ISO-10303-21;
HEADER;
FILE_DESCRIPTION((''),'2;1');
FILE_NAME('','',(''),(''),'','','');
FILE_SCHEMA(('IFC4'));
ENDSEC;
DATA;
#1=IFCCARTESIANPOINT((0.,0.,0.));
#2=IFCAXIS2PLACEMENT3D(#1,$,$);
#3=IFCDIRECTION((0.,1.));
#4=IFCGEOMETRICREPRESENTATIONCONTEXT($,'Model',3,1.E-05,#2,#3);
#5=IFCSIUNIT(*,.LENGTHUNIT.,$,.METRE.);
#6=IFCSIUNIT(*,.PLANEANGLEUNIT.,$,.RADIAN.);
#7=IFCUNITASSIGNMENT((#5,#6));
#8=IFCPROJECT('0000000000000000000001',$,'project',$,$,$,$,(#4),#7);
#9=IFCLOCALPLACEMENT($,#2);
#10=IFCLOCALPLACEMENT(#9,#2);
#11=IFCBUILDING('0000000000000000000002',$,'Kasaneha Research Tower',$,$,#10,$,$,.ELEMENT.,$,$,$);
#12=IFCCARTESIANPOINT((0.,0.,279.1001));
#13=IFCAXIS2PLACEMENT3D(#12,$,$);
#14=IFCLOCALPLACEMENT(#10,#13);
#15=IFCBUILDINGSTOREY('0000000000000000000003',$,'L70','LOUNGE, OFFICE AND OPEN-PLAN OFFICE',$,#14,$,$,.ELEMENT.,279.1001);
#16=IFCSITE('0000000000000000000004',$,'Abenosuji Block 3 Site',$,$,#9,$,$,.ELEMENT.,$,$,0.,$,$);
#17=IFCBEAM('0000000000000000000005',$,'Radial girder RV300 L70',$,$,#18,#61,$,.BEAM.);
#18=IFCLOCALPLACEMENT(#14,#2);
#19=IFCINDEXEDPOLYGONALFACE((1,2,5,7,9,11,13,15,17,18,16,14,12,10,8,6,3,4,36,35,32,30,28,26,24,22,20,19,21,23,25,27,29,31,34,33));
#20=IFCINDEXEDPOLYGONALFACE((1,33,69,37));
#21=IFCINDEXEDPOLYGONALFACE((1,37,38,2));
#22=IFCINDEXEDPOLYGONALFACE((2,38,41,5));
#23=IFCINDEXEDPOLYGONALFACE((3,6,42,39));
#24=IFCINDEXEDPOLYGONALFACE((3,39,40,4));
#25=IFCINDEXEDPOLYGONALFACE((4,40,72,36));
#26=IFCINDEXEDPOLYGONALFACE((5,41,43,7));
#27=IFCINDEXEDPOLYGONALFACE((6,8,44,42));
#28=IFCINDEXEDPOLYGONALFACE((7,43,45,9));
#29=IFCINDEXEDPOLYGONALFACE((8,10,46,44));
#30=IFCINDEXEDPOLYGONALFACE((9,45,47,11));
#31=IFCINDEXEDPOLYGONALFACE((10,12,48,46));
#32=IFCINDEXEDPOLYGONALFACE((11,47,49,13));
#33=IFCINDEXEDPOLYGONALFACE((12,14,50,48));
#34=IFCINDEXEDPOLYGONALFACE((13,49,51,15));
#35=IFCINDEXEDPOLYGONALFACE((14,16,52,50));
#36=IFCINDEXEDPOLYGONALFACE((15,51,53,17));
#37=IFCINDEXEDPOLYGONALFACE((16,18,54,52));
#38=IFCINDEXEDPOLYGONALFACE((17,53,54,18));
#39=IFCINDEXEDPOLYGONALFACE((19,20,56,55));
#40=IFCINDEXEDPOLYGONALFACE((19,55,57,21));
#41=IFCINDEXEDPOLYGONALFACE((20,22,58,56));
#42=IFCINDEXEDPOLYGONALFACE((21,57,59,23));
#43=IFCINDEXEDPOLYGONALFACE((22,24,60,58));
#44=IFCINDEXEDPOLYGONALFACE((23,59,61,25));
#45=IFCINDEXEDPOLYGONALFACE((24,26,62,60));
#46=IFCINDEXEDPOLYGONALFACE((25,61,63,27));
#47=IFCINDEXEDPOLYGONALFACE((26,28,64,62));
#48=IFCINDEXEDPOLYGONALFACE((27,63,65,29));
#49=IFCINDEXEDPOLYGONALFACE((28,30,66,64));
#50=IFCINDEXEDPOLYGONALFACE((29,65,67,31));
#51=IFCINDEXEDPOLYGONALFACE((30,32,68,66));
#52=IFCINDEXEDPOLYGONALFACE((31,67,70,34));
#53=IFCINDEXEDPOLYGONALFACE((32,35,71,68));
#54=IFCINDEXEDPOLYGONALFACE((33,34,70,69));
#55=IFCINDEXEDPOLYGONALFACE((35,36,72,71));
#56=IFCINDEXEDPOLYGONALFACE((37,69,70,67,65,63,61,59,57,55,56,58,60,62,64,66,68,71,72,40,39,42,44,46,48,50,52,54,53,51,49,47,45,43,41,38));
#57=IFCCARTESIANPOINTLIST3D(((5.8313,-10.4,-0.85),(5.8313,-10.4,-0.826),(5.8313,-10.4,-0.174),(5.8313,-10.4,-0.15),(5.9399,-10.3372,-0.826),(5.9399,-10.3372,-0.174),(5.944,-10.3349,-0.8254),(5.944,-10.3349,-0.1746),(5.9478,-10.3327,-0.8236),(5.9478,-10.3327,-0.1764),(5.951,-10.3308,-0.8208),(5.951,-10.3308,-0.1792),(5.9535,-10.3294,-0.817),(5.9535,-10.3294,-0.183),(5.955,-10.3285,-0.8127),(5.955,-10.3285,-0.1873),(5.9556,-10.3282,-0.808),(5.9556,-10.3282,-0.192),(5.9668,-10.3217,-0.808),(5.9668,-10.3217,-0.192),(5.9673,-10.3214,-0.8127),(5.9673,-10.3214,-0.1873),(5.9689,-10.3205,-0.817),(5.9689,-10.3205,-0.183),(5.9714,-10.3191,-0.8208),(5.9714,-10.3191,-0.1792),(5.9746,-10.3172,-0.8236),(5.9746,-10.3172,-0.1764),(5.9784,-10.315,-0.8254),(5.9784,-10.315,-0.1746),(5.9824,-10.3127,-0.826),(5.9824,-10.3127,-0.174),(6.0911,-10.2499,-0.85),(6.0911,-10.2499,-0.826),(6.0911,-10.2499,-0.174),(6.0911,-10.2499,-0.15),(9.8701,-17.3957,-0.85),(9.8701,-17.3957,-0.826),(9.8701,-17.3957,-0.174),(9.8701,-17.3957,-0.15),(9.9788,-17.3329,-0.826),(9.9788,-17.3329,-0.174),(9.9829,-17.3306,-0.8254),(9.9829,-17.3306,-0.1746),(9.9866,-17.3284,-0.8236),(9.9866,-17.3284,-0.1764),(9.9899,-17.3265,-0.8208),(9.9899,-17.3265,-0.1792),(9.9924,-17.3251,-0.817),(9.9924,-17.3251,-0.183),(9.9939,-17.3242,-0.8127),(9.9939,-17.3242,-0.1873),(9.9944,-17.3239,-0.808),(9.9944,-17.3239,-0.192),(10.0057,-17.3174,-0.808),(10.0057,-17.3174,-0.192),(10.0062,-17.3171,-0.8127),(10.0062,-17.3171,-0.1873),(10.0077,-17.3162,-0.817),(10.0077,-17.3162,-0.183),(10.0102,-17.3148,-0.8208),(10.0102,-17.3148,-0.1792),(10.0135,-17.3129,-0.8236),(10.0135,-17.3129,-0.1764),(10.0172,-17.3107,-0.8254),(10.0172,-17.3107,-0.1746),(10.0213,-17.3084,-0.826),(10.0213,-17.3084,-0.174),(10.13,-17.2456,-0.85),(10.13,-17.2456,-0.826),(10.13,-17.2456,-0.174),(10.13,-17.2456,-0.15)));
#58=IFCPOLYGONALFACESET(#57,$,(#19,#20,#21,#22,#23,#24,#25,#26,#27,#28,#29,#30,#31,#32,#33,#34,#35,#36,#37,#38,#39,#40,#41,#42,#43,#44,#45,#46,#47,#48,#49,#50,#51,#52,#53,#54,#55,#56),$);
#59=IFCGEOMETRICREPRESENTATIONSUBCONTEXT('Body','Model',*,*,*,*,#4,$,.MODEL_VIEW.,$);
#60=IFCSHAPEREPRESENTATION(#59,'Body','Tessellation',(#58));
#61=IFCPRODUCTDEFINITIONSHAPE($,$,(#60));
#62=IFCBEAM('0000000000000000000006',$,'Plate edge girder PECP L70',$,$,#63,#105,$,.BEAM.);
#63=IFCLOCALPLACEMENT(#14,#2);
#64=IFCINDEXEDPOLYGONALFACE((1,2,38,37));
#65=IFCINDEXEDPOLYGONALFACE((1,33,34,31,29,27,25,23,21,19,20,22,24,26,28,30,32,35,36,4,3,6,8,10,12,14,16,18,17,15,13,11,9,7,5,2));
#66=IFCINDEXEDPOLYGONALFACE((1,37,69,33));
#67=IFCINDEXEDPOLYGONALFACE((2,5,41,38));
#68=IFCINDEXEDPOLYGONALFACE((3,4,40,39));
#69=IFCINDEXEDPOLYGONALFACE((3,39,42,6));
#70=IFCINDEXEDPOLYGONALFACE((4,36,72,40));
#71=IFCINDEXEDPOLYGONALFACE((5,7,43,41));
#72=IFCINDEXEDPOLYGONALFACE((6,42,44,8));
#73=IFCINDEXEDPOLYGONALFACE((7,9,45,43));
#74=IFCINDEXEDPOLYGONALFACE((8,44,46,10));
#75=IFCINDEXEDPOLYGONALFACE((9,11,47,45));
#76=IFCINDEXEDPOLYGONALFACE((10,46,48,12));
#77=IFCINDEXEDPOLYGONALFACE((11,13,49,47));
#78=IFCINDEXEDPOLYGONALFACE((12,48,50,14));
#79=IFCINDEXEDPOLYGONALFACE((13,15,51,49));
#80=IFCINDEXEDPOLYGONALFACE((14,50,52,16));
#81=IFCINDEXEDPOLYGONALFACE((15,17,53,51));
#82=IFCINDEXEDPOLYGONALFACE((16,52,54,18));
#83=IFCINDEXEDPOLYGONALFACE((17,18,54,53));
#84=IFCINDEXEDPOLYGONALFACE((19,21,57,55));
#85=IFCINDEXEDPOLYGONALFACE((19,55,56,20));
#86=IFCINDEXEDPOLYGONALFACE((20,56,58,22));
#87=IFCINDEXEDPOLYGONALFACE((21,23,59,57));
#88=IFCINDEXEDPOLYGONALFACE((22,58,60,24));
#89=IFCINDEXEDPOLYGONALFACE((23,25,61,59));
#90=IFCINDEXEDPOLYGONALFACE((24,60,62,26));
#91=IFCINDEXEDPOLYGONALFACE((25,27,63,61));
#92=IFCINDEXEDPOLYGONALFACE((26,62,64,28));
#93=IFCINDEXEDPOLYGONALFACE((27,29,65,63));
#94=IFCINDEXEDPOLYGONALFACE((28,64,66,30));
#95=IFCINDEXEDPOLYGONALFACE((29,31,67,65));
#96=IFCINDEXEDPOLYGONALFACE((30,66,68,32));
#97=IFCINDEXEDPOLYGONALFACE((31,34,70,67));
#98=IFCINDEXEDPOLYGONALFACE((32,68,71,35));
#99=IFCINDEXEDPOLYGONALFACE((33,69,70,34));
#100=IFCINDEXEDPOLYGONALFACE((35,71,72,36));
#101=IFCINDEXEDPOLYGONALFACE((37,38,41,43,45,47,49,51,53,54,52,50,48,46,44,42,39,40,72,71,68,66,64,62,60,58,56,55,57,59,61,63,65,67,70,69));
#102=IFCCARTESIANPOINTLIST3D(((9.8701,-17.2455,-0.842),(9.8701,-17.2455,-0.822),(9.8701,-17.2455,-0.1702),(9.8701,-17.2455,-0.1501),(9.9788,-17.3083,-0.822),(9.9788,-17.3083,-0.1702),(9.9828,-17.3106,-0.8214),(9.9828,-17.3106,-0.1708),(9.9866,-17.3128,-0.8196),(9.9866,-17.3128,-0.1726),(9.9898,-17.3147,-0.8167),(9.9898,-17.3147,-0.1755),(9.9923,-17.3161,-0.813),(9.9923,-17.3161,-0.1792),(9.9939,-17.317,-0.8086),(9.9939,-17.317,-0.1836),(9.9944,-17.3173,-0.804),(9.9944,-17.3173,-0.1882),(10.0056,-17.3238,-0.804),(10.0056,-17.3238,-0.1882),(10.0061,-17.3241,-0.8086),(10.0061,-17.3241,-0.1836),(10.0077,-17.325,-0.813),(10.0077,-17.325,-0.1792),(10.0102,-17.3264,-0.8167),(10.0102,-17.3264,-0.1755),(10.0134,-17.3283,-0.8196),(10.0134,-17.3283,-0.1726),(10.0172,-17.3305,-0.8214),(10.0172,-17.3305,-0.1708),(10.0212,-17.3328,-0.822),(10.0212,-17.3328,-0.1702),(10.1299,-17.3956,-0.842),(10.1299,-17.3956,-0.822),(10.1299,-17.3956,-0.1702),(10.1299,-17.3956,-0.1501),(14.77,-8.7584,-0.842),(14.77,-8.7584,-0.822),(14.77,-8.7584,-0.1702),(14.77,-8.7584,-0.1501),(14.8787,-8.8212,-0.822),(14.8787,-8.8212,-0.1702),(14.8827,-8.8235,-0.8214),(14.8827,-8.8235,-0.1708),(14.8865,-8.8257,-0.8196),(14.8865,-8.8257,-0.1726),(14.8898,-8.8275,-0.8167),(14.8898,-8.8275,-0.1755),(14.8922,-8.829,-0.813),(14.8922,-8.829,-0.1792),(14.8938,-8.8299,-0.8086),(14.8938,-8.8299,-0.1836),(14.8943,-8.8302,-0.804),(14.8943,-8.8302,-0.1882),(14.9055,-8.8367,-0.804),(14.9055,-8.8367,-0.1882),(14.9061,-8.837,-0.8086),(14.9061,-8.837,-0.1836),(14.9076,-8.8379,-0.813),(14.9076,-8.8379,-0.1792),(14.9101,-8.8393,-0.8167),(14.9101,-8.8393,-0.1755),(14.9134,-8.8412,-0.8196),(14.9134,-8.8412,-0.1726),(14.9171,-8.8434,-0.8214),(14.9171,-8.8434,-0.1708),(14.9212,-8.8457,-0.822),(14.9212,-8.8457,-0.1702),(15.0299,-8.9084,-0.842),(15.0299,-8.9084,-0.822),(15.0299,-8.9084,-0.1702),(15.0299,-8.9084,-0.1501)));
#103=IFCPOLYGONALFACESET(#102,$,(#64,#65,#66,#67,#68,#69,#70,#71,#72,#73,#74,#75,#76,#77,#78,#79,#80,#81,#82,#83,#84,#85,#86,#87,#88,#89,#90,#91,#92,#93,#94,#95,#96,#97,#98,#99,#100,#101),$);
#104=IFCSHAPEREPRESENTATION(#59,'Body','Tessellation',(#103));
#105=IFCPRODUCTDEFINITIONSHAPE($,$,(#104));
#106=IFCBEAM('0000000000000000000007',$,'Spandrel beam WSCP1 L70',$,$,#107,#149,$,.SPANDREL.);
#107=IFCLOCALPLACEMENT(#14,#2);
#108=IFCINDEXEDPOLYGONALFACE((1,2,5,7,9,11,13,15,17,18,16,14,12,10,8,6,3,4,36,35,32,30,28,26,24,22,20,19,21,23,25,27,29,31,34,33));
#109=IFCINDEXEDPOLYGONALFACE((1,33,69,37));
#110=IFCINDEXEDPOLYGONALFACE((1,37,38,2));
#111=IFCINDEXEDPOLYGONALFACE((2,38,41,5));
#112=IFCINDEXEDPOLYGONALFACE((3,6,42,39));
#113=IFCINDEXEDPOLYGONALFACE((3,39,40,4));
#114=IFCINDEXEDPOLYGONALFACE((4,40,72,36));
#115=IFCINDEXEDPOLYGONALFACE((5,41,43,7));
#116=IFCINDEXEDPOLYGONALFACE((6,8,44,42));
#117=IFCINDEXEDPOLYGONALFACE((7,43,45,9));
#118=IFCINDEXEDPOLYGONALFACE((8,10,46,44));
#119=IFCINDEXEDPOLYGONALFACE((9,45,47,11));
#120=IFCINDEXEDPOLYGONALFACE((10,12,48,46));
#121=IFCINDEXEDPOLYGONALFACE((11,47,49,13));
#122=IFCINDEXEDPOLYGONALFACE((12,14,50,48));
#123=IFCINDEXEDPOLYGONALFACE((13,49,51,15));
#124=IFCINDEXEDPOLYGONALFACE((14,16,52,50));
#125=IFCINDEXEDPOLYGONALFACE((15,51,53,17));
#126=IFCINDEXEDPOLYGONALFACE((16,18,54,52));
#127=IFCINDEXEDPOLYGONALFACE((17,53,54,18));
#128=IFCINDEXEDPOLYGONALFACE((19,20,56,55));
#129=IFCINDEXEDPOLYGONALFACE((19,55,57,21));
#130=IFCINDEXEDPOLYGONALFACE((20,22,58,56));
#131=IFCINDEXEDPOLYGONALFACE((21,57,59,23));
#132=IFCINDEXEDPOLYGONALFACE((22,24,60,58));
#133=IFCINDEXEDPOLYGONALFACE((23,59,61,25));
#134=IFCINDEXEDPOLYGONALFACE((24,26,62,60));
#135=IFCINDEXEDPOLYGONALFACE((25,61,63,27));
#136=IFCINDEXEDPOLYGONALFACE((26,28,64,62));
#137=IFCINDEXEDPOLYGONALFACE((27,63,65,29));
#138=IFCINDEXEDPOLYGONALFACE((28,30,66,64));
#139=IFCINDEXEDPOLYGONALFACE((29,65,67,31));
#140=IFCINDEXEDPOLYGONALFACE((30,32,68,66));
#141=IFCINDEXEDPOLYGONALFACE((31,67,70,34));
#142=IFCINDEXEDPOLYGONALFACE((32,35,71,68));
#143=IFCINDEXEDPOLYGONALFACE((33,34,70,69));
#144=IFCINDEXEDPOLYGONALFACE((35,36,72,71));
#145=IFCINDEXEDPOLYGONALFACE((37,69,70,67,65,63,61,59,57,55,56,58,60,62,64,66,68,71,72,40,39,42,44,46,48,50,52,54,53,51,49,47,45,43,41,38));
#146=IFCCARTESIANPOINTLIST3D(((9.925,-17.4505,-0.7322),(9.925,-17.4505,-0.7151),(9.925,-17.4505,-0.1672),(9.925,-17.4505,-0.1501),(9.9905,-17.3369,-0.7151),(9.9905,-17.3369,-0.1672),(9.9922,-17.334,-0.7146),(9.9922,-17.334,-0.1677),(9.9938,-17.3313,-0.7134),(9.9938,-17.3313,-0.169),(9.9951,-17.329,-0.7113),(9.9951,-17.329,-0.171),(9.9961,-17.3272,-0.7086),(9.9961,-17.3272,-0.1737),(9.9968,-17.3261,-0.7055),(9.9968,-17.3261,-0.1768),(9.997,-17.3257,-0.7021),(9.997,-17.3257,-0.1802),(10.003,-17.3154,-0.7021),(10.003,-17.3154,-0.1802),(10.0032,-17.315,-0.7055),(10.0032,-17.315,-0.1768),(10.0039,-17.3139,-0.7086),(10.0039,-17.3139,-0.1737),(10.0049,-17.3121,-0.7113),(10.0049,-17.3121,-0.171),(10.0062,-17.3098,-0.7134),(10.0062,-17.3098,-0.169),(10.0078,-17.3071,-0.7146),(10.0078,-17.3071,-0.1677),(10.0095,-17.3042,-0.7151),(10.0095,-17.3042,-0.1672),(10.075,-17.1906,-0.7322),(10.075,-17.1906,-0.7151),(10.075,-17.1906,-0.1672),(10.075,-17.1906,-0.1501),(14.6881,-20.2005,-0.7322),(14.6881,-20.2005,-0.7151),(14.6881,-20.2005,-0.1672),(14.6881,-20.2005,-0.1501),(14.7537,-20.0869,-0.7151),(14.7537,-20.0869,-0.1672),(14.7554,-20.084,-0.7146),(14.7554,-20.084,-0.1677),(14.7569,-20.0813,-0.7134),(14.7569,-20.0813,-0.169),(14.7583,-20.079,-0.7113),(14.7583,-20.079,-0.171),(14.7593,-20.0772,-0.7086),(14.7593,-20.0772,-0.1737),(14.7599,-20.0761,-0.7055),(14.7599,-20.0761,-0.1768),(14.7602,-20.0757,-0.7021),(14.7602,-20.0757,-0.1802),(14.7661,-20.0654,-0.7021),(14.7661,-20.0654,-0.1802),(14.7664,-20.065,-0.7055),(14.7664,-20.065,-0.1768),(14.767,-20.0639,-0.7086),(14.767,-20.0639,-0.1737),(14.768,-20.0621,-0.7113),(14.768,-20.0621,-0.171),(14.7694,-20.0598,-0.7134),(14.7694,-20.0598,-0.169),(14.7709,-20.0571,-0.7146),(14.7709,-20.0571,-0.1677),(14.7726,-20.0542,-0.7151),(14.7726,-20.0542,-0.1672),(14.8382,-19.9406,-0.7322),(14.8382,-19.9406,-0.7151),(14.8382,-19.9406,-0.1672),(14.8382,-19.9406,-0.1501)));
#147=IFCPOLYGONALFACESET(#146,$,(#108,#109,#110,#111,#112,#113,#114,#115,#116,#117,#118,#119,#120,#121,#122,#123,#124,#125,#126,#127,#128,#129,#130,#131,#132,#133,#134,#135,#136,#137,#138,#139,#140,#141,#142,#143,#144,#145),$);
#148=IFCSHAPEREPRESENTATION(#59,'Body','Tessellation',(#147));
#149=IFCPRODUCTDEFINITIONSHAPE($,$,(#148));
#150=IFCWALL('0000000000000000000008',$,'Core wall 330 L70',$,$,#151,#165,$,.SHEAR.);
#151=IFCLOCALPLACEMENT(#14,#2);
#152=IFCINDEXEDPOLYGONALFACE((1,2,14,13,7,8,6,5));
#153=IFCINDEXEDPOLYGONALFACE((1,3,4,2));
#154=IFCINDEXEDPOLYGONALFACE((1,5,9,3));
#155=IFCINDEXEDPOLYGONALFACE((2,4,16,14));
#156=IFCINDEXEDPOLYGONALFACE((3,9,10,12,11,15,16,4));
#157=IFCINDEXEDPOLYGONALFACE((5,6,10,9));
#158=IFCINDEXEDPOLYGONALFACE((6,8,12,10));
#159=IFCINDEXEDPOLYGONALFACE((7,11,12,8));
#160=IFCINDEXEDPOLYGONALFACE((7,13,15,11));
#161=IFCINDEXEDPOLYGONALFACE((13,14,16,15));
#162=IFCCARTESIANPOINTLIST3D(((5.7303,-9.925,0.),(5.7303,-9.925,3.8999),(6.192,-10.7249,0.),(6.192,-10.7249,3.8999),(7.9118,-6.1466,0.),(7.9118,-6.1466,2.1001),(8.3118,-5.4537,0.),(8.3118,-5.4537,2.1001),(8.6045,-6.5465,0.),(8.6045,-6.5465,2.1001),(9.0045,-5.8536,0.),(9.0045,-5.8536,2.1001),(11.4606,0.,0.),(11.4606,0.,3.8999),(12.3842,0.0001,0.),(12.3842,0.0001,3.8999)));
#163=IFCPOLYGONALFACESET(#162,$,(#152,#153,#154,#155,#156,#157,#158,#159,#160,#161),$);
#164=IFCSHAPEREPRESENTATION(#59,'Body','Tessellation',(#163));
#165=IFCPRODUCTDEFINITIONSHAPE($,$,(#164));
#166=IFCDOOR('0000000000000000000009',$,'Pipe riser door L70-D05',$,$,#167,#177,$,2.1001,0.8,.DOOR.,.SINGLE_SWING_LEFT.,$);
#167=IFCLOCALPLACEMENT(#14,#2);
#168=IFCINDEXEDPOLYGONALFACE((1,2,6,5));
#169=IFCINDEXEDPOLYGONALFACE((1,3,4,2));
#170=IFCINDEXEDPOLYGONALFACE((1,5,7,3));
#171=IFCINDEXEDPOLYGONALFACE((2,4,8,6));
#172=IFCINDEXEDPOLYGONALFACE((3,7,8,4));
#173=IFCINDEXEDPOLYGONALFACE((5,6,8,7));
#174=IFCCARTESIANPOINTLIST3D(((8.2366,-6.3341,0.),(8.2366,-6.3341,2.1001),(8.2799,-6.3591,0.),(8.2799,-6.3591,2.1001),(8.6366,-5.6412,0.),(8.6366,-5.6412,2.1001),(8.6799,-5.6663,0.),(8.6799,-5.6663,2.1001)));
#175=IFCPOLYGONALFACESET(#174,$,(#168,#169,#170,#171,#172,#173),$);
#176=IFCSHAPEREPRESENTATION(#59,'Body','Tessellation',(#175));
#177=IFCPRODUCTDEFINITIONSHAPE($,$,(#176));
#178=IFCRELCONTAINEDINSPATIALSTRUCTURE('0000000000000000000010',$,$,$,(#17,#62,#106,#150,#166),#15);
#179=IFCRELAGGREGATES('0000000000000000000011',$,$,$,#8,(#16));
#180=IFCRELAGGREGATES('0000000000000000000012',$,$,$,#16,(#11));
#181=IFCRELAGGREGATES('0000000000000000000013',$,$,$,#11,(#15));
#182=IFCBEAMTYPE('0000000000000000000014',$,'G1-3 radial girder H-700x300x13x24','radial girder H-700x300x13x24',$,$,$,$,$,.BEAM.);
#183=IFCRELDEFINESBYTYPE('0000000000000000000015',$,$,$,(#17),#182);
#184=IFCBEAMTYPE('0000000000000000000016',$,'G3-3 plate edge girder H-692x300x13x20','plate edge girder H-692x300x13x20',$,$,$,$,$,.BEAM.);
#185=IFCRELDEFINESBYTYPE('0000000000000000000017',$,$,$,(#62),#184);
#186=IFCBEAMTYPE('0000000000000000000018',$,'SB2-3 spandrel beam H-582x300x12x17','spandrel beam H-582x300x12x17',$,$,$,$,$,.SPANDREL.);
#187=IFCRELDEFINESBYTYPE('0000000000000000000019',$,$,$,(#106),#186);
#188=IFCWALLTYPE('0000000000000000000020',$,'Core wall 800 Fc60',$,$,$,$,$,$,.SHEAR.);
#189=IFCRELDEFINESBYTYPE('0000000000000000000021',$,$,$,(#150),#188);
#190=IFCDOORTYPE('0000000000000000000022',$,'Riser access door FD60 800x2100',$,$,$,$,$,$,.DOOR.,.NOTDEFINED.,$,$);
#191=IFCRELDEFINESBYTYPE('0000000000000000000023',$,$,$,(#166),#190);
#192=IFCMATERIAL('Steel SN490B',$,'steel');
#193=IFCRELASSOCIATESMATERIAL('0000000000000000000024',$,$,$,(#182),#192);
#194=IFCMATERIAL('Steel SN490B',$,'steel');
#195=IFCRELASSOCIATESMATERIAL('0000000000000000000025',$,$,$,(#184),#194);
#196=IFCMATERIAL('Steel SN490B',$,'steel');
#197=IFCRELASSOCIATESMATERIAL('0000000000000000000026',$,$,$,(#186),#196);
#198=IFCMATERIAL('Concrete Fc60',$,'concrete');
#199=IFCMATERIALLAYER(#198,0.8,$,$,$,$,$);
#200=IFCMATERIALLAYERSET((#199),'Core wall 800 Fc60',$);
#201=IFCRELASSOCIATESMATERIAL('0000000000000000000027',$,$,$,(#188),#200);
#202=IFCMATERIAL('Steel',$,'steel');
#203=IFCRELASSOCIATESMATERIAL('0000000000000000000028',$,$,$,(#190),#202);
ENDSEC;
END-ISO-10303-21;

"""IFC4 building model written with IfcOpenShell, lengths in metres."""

from ifc_helpers import new_model, si_unit, direction, frame, frame_2d, origin, origin_2d, place, context, subcontext, project, spatial, polyline, rectangle, i_section, outline, extrude, material, layer, layer_set, material_profile, profile_set, type_object, element, fill, save


model = new_model("IFC4")

# Units and contexts
model_context = context("Model", 3, precision=1e-05, world=origin(), true_north=direction((0.0, 1.0)))
body_context = subcontext(model_context, "Body", "Model", "MODEL_VIEW")
ifc_project = project(units=[si_unit("LENGTHUNIT", "METRE"), si_unit("PLANEANGLEUNIT", "RADIAN")], contexts=[model_context])

# Site, building, storey
site_placement = place(None, origin())
site = spatial("IfcSite", under=ifc_project, at=site_placement, Name="Abenosuji Block 3 Site", CompositionType="ELEMENT", RefElevation=0.0)
building_placement = place(site_placement, origin())
building = spatial("IfcBuilding", under=site, at=building_placement, Name="Kasaneha Research Tower", CompositionType="ELEMENT")
storey_placement = place(building_placement, frame((0.0, 0.0, 279.1001)))
storey = spatial("IfcBuildingStorey", under=building, at=storey_placement, Name="L70", Description="LOUNGE, OFFICE AND OPEN-PLAN OFFICE", CompositionType="ELEMENT", Elevation=279.1001)

# Beams
ifc_material_1 = material(Name="Steel SN490B", Category="steel")
ifc_material_profile_1 = material_profile(ifc_material_1, i_section(OverallWidth=0.3, OverallDepth=0.7, WebThickness=0.0129, FlangeThickness=0.0239, FilletRadius=0.0181, at=origin_2d()), Name="H-700x300x13x24")
ifc_profile_set_1 = profile_set([ifc_material_profile_1], Name="Steel SN490B")
beam_type_1 = type_object("IfcBeamType", Name="G1-3 radial girder H-700x300x13x24", Description="radial girder H-700x300x13x24", PredefinedType="BEAM", material=ifc_profile_set_1)
beam_1_placement = place(storey_placement, frame((5.9612, -10.325, -0.5), z_axis=(0.499991, -0.866031, 0.0), x_axis=(0.866031, 0.499991, 0.0)))
element("IfcBeam", 1, at=beam_1_placement, inside=storey, type_object=beam_type_1, Name="Radial girder RV300 L70", PredefinedType="BEAM", context=body_context, shape_type="SweptSolid", body=[
    extrude(i_section(OverallWidth=0.3, OverallDepth=0.7, WebThickness=0.0129, FlangeThickness=0.0239, FilletRadius=0.0181, at=origin_2d()), origin(), (0.0, 0.0, 1.0), 8.0779),
])
ifc_material_2 = material(Name="Steel SN490B", Category="steel")
ifc_material_profile_2 = material_profile(ifc_material_2, i_section(OverallWidth=0.3, OverallDepth=0.6919, WebThickness=0.0129, FlangeThickness=0.02, FilletRadius=0.0181, at=origin_2d()), Name="H-692x300x13x20")
ifc_profile_set_2 = profile_set([ifc_material_profile_2], Name="Steel SN490B")
beam_type_2 = type_object("IfcBeamType", Name="G3-3 plate edge girder H-692x300x13x20", Description="plate edge girder H-692x300x13x20", PredefinedType="BEAM", material=ifc_profile_set_2)
beam_2_placement = place(storey_placement, frame((10.0, -17.3206, -0.4961), z_axis=(0.499992, 0.86603, 0.0), x_axis=(-0.86603, 0.499992, 0.0)))
element("IfcBeam", 2, at=beam_2_placement, inside=storey, type_object=beam_type_2, Name="Plate edge girder PECP L70", PredefinedType="BEAM", context=body_context, shape_type="SweptSolid", body=[
    extrude(i_section(OverallWidth=0.3, OverallDepth=0.6919, WebThickness=0.0129, FlangeThickness=0.02, FilletRadius=0.0181, at=origin_2d()), origin(), (0.0, 0.0, 1.0), 9.8),
])
ifc_material_3 = material(Name="Steel SN490B", Category="steel")
ifc_material_profile_3 = material_profile(ifc_material_3, i_section(OverallWidth=0.3, OverallDepth=0.582, WebThickness=0.012, FlangeThickness=0.0171, FilletRadius=0.0129, at=origin_2d()), Name="H-582x300x12x17")
ifc_profile_set_3 = profile_set([ifc_material_profile_3], Name="Steel SN490B")
beam_type_3 = type_object("IfcBeamType", Name="SB2-3 spandrel beam H-582x300x12x17", Description="spandrel beam H-582x300x12x17", PredefinedType="SPANDREL", material=ifc_profile_set_3)
beam_3_placement = place(storey_placement, frame((10.0, -17.3206, -0.4412), z_axis=(0.866027, -0.499997, 0.0), x_axis=(0.499997, 0.866027, 0.0)))
element("IfcBeam", 3, at=beam_3_placement, inside=storey, type_object=beam_type_3, Name="Spandrel beam WSCP1 L70", PredefinedType="SPANDREL", context=body_context, shape_type="SweptSolid", body=[
    extrude(i_section(OverallWidth=0.3, OverallDepth=0.582, WebThickness=0.012, FlangeThickness=0.0171, FilletRadius=0.0129, at=origin_2d()), origin(), (0.0, 0.0, 1.0), 5.5),
])

# Wall, opening, door
ifc_material_4 = material(Name="Concrete Fc60", Category="concrete")
ifc_layer_1 = layer(ifc_material_4, 0.8)
ifc_layer_set_1 = layer_set([ifc_layer_1], Name="Core wall 800 Fc60")
wall_type_1 = type_object("IfcWallType", Name="Core wall 800 Fc60", PredefinedType="SHEAR", material=ifc_layer_set_1)
wall_1_placement = place(storey_placement, frame((5.9612, -10.325, 0.0), z_axis=(0.0, 0.0, 1.0), x_axis=(0.500004, 0.866023, 0.0)))
wall_1 = element("IfcWall", 4, at=wall_1_placement, inside=storey, type_object=wall_type_1, Name="Core wall 330 L70", PredefinedType="SHEAR", context=body_context, shape_type="SweptSolid", body=[
    extrude(outline(polyline([(-0.231, -0.3999), (4.594, -0.3999), (5.394, -0.3999), (12.1533, -0.3999), (11.6914, 0.3999), (5.394, 0.3999), (4.594, 0.3999), (0.231, 0.3999), (-0.231, -0.3999)])), origin(), (0.0, 0.0, 1.0), 3.8999),
])
opening_1_placement = place(wall_1_placement, frame((4.594, 0.0, 0.0)))
opening_1 = element("IfcOpeningElement", 5, at=opening_1_placement, cuts=wall_1, PredefinedType="OPENING", context=body_context, shape_type="SweptSolid", body=[
    extrude(rectangle(XDim=0.8, YDim=2.1001, at=frame_2d((0.3999, 1.05))), frame((0.0, 0.4102, 0.0), z_axis=(0.0, -1.0, 0.0), x_axis=(1.0, 0.0, 0.0)), (0.0, 0.0, 1.0), 0.8201),
])
ifc_material_5 = material(Name="Steel", Category="steel")
door_type_1 = type_object("IfcDoorType", Name="Riser access door FD60 800x2100", OperationType="NOTDEFINED", PredefinedType="DOOR", material=ifc_material_5)
door_1_placement = place(opening_1_placement, origin())
door_1 = element("IfcDoor", 6, at=door_1_placement, inside=storey, type_object=door_type_1, Name="Pipe riser door L70-D05", OperationType="SINGLE_SWING_LEFT", OverallHeight=2.1001, OverallWidth=0.8, PredefinedType="DOOR", context=body_context, shape_type="SweptSolid", body=[
    extrude(rectangle(XDim=0.8, YDim=2.1001, at=frame_2d((0.3999, 1.05))), frame((0.0, 0.0249, 0.0), z_axis=(0.0, -1.0, 0.0), x_axis=(1.0, 0.0, 0.0)), (0.0, 0.0, 1.0), 0.05),
])
fill(opening_1, door_1)

save(model, "model.ifc")
